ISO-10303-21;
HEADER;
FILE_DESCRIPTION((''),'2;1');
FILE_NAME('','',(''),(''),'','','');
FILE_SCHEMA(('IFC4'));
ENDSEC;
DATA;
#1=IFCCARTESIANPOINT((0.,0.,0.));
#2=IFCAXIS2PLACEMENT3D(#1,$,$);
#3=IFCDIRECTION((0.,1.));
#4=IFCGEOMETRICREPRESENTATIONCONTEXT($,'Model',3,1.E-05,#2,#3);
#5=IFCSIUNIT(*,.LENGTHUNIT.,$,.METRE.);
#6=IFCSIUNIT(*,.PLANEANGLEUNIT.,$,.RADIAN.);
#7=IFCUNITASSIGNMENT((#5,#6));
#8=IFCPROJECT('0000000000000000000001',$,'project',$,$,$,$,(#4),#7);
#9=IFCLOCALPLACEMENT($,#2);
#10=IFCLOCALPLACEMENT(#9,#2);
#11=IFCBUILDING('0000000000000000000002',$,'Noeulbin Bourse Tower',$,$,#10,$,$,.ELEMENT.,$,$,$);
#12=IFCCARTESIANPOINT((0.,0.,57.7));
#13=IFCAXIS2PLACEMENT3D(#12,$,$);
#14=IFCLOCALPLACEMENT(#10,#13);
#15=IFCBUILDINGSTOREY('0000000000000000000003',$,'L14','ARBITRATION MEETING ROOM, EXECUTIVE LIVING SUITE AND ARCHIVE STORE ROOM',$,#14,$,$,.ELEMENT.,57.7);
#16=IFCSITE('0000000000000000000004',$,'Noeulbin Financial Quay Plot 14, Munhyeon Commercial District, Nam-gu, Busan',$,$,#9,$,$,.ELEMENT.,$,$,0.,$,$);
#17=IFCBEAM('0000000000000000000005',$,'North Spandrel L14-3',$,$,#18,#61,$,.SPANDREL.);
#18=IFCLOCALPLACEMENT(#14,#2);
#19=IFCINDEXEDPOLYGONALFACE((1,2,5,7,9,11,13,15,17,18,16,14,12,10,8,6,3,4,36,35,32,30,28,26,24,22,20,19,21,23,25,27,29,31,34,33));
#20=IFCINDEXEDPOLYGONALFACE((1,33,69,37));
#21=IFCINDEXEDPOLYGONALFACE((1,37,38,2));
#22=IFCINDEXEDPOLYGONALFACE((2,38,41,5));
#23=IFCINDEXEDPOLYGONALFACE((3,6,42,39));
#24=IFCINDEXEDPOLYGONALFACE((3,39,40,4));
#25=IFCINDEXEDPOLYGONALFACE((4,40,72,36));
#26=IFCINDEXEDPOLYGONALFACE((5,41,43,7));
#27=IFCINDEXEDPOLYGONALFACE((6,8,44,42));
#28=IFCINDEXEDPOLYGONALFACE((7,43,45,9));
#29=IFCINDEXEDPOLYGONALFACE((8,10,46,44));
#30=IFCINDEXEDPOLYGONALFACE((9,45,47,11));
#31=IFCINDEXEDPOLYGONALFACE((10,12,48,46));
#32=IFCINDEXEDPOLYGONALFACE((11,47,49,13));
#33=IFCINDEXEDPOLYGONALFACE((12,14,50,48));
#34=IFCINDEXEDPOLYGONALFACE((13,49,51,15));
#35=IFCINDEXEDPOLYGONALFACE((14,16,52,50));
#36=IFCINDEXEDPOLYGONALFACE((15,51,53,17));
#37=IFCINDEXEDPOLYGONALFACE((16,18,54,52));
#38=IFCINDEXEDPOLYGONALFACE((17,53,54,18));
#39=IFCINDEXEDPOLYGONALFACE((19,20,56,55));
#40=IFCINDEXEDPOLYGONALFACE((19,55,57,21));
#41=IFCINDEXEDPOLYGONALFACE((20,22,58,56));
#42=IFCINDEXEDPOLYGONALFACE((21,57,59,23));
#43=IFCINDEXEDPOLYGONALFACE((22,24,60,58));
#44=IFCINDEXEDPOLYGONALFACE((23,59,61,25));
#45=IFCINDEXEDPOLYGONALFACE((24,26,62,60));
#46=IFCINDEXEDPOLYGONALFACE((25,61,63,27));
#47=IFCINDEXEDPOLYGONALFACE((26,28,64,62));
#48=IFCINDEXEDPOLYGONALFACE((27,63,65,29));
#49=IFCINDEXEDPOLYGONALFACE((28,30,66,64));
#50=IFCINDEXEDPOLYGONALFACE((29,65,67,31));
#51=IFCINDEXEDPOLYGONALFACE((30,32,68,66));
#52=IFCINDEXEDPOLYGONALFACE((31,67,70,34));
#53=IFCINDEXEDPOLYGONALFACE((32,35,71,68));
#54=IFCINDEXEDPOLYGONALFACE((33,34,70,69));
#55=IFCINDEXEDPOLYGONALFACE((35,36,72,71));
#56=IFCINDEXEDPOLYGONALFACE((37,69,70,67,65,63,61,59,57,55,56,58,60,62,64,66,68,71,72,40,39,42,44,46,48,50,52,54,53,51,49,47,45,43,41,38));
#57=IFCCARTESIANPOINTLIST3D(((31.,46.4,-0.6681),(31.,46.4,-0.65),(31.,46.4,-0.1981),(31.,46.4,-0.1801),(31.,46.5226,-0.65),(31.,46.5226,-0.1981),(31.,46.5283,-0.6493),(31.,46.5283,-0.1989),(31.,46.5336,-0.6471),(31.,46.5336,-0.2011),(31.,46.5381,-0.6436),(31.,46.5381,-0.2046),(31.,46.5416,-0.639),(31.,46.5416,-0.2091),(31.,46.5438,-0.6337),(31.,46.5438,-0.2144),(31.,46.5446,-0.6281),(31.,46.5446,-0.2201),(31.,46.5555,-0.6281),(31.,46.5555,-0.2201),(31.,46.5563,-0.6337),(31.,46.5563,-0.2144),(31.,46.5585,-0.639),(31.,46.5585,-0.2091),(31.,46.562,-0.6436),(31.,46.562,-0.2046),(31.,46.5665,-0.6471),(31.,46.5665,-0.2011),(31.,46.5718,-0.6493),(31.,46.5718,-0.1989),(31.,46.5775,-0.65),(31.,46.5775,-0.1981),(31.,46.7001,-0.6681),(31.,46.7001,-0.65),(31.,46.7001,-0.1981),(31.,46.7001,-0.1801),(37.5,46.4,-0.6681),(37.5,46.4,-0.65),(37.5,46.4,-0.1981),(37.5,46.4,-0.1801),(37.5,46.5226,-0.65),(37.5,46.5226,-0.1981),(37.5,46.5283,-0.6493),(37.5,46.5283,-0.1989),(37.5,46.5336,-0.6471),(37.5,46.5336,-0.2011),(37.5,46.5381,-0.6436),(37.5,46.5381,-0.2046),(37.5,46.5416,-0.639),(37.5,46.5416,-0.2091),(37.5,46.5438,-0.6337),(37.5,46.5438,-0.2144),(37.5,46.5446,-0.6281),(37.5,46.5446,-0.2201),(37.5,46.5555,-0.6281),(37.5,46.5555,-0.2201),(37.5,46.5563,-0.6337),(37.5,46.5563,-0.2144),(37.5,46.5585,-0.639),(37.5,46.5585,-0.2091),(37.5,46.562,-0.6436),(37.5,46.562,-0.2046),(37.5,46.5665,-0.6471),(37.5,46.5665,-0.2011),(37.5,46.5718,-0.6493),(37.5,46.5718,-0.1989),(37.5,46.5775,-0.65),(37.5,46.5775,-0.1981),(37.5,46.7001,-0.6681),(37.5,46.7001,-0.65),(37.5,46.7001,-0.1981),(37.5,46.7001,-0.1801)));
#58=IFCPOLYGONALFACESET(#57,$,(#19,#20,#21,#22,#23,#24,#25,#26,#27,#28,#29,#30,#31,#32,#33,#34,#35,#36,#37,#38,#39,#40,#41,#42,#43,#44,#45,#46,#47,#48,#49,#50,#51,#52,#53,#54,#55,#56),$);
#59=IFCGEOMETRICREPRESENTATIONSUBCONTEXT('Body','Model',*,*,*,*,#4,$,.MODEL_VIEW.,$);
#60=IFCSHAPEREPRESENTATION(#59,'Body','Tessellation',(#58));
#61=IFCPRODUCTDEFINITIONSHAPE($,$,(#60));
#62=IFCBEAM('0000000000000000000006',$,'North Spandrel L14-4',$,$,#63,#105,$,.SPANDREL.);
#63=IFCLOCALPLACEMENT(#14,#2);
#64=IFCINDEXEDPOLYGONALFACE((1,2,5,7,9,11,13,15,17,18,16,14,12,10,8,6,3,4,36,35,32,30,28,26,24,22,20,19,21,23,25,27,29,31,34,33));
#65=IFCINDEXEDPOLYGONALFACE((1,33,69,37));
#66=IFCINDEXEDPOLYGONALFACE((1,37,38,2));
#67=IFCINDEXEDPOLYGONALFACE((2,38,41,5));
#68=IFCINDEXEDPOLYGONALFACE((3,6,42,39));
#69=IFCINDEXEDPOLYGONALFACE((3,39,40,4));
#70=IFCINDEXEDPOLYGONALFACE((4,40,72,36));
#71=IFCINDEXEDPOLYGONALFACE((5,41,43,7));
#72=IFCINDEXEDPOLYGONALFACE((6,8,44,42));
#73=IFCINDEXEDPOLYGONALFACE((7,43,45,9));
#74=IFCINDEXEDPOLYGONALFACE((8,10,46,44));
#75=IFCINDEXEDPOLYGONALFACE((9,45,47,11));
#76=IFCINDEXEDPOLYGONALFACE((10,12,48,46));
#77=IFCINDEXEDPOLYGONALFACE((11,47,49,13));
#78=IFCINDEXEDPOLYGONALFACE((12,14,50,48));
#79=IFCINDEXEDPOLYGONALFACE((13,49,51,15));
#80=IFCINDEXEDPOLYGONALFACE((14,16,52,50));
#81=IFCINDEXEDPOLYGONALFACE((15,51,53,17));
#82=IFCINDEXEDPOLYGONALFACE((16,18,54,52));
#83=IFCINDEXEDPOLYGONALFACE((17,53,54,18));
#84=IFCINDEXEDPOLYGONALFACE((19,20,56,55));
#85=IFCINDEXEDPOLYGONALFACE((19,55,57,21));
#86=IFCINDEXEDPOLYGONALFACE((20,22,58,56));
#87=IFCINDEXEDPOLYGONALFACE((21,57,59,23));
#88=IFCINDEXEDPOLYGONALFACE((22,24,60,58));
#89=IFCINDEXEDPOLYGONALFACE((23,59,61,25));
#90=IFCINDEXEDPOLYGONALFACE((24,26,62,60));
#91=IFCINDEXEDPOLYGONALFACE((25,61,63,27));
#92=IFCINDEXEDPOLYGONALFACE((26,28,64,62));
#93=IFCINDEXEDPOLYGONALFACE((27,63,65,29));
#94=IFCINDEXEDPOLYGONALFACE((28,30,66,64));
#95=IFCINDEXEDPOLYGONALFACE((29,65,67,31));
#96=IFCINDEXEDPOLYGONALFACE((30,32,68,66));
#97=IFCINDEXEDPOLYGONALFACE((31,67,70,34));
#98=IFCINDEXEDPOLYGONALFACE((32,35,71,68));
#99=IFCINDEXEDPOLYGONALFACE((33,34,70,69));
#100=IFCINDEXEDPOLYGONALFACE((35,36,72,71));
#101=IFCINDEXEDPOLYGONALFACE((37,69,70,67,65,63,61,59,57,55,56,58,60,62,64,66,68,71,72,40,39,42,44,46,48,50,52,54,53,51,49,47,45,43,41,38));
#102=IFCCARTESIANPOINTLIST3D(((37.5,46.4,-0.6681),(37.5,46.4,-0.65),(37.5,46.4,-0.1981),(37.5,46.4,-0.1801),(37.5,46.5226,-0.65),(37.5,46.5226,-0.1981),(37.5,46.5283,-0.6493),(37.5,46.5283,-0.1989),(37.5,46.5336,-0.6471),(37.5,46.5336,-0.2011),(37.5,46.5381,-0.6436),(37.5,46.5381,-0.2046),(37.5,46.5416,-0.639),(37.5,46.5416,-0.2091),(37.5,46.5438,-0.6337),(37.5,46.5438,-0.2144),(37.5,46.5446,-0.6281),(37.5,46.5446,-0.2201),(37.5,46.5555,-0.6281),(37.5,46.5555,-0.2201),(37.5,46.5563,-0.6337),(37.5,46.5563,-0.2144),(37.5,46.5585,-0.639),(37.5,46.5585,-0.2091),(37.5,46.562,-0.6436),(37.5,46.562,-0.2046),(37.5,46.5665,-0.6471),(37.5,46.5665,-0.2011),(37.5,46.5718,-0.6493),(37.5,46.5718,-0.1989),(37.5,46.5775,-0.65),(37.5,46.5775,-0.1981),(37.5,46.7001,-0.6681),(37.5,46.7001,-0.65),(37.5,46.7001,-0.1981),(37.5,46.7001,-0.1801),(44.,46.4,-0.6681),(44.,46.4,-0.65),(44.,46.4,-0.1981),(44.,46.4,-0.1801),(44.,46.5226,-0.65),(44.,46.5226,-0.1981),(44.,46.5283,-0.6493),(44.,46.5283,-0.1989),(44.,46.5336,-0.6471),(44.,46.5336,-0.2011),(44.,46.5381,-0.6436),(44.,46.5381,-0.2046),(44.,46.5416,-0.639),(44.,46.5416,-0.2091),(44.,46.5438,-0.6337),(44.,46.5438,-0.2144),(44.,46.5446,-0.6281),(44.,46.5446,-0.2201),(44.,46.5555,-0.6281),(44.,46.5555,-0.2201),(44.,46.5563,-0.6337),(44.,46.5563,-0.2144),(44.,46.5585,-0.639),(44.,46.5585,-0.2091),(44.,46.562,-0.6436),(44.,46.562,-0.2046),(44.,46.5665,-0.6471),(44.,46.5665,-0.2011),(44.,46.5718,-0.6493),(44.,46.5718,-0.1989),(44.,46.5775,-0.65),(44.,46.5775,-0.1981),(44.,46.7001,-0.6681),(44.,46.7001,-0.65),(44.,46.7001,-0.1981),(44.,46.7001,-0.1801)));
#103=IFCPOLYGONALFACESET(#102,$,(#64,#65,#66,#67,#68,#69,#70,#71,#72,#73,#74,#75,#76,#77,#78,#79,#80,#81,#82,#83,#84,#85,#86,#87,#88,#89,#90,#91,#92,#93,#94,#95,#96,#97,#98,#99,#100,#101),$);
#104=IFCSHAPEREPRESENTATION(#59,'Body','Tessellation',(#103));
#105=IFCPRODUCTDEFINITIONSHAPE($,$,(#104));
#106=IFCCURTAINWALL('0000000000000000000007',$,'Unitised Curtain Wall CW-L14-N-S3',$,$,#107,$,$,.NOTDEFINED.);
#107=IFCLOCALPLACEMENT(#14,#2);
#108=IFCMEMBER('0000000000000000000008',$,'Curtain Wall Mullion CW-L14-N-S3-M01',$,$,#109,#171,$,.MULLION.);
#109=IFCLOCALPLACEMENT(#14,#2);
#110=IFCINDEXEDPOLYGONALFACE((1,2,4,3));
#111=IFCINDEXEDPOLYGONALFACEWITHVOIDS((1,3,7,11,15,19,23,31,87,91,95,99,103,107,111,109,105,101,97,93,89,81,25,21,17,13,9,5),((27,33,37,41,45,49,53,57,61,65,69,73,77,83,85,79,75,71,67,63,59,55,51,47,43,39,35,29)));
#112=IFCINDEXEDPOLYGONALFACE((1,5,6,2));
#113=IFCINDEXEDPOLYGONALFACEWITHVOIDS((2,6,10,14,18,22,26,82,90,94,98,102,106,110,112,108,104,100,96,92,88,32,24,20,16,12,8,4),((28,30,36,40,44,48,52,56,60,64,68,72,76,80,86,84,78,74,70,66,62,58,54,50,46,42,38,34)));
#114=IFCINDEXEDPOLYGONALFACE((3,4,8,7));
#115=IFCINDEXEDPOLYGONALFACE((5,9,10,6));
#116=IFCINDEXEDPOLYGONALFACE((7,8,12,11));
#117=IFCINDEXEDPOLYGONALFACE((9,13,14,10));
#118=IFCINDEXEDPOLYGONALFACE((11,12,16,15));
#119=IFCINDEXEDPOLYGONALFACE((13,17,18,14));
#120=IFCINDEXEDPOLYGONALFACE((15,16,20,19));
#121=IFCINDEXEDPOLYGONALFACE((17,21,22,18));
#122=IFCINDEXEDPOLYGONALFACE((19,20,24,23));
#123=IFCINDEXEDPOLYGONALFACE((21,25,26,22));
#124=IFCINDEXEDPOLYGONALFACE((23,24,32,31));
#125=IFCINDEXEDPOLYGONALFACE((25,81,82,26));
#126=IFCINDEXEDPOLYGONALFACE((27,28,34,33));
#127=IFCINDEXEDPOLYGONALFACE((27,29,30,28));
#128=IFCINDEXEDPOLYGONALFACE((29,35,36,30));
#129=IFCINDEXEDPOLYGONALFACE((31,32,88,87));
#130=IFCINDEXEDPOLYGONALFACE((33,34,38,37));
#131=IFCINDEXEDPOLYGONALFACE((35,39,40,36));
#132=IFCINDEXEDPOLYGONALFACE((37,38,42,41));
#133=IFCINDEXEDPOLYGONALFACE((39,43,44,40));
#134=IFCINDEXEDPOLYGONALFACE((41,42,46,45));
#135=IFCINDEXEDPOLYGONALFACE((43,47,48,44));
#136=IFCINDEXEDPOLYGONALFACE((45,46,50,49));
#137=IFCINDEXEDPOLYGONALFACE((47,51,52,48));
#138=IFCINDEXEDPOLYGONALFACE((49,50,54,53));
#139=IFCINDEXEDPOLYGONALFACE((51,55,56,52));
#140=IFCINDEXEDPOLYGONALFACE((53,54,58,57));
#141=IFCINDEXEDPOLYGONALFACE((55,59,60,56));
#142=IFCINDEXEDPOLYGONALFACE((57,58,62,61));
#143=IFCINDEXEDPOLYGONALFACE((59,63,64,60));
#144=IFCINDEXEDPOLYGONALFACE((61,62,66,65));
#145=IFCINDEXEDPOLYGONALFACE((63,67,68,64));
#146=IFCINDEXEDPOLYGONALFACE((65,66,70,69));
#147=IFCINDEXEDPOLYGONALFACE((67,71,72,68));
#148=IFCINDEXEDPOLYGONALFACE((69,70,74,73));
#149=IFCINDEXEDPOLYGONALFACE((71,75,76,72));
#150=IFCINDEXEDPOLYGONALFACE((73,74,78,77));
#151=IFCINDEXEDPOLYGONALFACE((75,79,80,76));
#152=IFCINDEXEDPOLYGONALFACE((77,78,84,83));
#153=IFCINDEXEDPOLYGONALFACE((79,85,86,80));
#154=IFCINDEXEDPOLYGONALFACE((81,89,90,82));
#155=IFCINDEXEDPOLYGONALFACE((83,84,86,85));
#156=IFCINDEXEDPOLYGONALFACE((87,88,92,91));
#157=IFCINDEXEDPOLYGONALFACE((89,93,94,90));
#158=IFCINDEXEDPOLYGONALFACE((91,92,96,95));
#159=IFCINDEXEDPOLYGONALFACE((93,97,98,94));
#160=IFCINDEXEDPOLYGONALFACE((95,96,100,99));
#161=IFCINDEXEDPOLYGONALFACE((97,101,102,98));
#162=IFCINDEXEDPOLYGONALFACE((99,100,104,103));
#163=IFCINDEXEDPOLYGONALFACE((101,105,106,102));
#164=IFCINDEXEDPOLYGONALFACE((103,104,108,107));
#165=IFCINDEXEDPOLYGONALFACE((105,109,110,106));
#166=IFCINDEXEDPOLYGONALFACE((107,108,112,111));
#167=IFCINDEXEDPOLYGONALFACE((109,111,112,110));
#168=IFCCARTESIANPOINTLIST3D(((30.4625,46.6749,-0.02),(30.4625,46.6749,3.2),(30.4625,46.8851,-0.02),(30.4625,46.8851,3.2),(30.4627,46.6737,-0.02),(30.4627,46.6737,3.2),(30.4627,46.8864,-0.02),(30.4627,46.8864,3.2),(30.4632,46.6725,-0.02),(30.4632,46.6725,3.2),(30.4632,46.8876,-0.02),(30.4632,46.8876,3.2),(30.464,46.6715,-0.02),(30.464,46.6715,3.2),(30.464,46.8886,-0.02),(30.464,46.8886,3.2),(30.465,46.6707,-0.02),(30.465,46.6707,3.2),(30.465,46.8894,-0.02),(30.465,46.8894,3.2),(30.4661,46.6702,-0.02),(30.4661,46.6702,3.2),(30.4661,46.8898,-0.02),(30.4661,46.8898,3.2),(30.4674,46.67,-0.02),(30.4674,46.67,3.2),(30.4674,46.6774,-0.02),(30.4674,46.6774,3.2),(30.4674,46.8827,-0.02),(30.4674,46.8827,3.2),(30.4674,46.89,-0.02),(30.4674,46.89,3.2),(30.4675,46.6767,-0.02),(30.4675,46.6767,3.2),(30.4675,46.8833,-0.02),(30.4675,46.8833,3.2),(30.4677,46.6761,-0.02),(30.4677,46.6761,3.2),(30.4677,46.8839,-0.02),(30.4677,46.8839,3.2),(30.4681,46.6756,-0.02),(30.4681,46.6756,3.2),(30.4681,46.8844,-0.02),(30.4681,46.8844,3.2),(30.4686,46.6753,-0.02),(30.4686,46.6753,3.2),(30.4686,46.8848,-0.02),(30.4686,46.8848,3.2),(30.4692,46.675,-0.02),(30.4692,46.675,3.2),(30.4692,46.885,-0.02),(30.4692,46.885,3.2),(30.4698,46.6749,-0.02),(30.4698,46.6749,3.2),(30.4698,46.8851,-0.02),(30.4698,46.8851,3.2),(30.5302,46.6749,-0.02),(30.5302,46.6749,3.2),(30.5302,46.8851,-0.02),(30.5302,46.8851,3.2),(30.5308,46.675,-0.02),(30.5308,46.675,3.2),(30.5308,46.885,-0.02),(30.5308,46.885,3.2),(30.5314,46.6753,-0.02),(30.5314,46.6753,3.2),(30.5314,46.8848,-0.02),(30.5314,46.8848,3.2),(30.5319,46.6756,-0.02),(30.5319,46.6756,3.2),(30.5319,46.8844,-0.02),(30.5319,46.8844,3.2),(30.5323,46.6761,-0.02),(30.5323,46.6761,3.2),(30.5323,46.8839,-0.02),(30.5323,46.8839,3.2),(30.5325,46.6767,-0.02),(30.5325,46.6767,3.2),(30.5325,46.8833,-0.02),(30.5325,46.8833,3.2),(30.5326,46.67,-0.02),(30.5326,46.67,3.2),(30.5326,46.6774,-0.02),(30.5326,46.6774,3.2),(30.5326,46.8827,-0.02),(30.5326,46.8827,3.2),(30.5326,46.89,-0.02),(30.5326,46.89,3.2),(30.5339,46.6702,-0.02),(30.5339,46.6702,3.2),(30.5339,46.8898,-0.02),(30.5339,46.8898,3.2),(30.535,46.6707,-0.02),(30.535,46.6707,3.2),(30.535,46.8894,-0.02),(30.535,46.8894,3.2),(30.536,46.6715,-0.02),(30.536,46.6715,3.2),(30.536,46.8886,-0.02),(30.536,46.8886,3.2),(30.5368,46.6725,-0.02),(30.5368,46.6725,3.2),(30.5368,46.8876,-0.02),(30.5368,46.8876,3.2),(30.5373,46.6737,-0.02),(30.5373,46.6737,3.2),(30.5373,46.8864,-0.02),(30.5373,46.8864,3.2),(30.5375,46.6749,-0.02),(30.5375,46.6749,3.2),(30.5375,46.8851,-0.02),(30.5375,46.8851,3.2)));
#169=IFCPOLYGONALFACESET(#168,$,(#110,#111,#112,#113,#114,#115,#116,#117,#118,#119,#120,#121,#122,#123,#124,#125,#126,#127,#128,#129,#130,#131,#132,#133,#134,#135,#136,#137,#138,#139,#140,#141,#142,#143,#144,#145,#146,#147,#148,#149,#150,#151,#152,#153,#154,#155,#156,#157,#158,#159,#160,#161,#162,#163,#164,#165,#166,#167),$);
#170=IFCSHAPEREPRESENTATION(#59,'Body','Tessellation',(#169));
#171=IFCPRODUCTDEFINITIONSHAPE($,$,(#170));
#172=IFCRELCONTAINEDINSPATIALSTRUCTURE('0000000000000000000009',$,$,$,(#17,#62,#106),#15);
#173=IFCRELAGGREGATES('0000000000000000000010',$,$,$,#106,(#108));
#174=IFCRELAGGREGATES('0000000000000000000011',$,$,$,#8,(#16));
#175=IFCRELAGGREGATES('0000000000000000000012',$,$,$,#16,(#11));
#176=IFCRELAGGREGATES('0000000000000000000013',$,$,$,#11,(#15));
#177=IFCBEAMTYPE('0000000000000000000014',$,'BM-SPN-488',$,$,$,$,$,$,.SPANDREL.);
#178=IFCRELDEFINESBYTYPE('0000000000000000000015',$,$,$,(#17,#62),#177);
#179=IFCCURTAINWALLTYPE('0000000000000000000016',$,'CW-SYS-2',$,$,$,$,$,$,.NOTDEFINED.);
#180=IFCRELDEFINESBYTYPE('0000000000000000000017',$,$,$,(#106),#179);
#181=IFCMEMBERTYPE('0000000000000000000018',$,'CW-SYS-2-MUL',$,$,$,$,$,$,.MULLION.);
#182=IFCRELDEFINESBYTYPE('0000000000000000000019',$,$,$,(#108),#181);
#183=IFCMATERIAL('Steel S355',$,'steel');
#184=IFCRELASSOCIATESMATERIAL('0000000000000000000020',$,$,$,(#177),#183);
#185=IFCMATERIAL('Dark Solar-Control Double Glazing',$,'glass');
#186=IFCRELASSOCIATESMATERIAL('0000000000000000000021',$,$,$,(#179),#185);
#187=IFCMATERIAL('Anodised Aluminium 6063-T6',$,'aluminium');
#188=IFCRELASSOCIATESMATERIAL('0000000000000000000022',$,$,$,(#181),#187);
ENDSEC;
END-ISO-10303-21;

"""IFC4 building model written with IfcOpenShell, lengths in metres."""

from ifc_helpers import new_model, si_unit, direction, frame, origin, origin_2d, place, context, subcontext, project, spatial, hollow_rectangle, i_section, extrude, material, material_profile, profile_set, type_object, element, aggregate, save


model = new_model("IFC4")

# Units and contexts
model_context = context("Model", 3, precision=1e-05, world=origin(), true_north=direction((0.0, 1.0)))
body_context = subcontext(model_context, "Body", "Model", "MODEL_VIEW")
ifc_project = project(units=[si_unit("LENGTHUNIT", "METRE"), si_unit("PLANEANGLEUNIT", "RADIAN")], contexts=[model_context])

# Site, building, storey
site_placement = place(None, origin())
site = spatial("IfcSite", under=ifc_project, at=site_placement, Name="Noeulbin Financial Quay Plot 14, Munhyeon Commercial District, Nam-gu, Busan", CompositionType="ELEMENT", RefElevation=0.0)
building_placement = place(site_placement, origin())
building = spatial("IfcBuilding", under=site, at=building_placement, Name="Noeulbin Bourse Tower", CompositionType="ELEMENT")
storey_placement = place(building_placement, frame((0.0, 0.0, 57.7)))
storey = spatial("IfcBuildingStorey", under=building, at=storey_placement, Name="L14", Description="ARBITRATION MEETING ROOM, EXECUTIVE LIVING SUITE AND ARCHIVE STORE ROOM", CompositionType="ELEMENT", Elevation=57.7)

# Beams
ifc_material_1 = material(Name="Steel S355", Category="steel")
ifc_material_profile_1 = material_profile(ifc_material_1, i_section(OverallWidth=0.3, OverallDepth=0.488, WebThickness=0.011, FlangeThickness=0.0181, FilletRadius=0.022, at=origin_2d()), Name="H-488x300x11x18", Category="LoadBearing")
ifc_profile_set_1 = profile_set([ifc_material_profile_1], Name="Steel S355")
beam_type_1 = type_object("IfcBeamType", Name="BM-SPN-488", PredefinedType="SPANDREL", material=ifc_profile_set_1)
for number, where, z_axis, x_axis, name in (
    (1, (31.0, 46.55, -0.4241), (1.0, 0.0, 0.0), (0.0, 1.0, 0.0), "North Spandrel L14-3"),
    (2, (37.5, 46.55, -0.4241), (1.0, 0.0, 0.0), (0.0, 1.0, 0.0), "North Spandrel L14-4"),
):
    element("IfcBeam", number, at=place(storey_placement, frame(where, z_axis=z_axis, x_axis=x_axis)), inside=storey, type_object=beam_type_1, Name=name, PredefinedType="SPANDREL", context=body_context, shape_type="SweptSolid", body=[
        extrude(i_section(OverallWidth=0.3, OverallDepth=0.488, WebThickness=0.011, FlangeThickness=0.0181, FilletRadius=0.022, at=origin_2d()), origin(), (0.0, 0.0, 1.0), 6.5),
    ])

# Curtain wall, member
ifc_material_2 = material(Name="Dark Solar-Control Double Glazing", Category="glass")
curtain_wall_type = type_object("IfcCurtainWallType", Name="CW-SYS-2", PredefinedType="NOTDEFINED", material=ifc_material_2)
curtain_wall_1_placement = place(storey_placement, origin())
curtain_wall_1 = element("IfcCurtainWall", 3, at=curtain_wall_1_placement, inside=storey, type_object=curtain_wall_type, Name="Unitised Curtain Wall CW-L14-N-S3", PredefinedType="NOTDEFINED")
ifc_material_3 = material(Name="Anodised Aluminium 6063-T6", Category="aluminium")
ifc_material_profile_2 = material_profile(ifc_material_3, hollow_rectangle(XDim=0.075, YDim=0.22, WallThickness=0.0049, InnerFilletRadius=0.0024, OuterFilletRadius=0.0049, at=origin_2d()), Name="ALU-MULL-75x220x5", Category="LoadBearing")
ifc_profile_set_2 = profile_set([ifc_material_profile_2], Name="Anodised Aluminium 6063-T6")
member_type_1 = type_object("IfcMemberType", Name="CW-SYS-2-MUL", PredefinedType="MULLION", material=ifc_profile_set_2)
member_1_placement = place(storey_placement, frame((30.5, 46.78, -0.02), z_axis=(0.0, 0.0, 1.0), x_axis=(1.0, 0.0, 0.0)))
member_1 = element("IfcMember", 4, at=member_1_placement, type_object=member_type_1, Name="Curtain Wall Mullion CW-L14-N-S3-M01", PredefinedType="MULLION", context=body_context, shape_type="SweptSolid", body=[
    extrude(hollow_rectangle(XDim=0.075, YDim=0.22, WallThickness=0.0049, InnerFilletRadius=0.0024, OuterFilletRadius=0.0049, at=origin_2d()), origin(), (0.0, 0.0, 1.0), 3.22),
])
aggregate(curtain_wall_1, [member_1])

save(model, "model.ifc")
